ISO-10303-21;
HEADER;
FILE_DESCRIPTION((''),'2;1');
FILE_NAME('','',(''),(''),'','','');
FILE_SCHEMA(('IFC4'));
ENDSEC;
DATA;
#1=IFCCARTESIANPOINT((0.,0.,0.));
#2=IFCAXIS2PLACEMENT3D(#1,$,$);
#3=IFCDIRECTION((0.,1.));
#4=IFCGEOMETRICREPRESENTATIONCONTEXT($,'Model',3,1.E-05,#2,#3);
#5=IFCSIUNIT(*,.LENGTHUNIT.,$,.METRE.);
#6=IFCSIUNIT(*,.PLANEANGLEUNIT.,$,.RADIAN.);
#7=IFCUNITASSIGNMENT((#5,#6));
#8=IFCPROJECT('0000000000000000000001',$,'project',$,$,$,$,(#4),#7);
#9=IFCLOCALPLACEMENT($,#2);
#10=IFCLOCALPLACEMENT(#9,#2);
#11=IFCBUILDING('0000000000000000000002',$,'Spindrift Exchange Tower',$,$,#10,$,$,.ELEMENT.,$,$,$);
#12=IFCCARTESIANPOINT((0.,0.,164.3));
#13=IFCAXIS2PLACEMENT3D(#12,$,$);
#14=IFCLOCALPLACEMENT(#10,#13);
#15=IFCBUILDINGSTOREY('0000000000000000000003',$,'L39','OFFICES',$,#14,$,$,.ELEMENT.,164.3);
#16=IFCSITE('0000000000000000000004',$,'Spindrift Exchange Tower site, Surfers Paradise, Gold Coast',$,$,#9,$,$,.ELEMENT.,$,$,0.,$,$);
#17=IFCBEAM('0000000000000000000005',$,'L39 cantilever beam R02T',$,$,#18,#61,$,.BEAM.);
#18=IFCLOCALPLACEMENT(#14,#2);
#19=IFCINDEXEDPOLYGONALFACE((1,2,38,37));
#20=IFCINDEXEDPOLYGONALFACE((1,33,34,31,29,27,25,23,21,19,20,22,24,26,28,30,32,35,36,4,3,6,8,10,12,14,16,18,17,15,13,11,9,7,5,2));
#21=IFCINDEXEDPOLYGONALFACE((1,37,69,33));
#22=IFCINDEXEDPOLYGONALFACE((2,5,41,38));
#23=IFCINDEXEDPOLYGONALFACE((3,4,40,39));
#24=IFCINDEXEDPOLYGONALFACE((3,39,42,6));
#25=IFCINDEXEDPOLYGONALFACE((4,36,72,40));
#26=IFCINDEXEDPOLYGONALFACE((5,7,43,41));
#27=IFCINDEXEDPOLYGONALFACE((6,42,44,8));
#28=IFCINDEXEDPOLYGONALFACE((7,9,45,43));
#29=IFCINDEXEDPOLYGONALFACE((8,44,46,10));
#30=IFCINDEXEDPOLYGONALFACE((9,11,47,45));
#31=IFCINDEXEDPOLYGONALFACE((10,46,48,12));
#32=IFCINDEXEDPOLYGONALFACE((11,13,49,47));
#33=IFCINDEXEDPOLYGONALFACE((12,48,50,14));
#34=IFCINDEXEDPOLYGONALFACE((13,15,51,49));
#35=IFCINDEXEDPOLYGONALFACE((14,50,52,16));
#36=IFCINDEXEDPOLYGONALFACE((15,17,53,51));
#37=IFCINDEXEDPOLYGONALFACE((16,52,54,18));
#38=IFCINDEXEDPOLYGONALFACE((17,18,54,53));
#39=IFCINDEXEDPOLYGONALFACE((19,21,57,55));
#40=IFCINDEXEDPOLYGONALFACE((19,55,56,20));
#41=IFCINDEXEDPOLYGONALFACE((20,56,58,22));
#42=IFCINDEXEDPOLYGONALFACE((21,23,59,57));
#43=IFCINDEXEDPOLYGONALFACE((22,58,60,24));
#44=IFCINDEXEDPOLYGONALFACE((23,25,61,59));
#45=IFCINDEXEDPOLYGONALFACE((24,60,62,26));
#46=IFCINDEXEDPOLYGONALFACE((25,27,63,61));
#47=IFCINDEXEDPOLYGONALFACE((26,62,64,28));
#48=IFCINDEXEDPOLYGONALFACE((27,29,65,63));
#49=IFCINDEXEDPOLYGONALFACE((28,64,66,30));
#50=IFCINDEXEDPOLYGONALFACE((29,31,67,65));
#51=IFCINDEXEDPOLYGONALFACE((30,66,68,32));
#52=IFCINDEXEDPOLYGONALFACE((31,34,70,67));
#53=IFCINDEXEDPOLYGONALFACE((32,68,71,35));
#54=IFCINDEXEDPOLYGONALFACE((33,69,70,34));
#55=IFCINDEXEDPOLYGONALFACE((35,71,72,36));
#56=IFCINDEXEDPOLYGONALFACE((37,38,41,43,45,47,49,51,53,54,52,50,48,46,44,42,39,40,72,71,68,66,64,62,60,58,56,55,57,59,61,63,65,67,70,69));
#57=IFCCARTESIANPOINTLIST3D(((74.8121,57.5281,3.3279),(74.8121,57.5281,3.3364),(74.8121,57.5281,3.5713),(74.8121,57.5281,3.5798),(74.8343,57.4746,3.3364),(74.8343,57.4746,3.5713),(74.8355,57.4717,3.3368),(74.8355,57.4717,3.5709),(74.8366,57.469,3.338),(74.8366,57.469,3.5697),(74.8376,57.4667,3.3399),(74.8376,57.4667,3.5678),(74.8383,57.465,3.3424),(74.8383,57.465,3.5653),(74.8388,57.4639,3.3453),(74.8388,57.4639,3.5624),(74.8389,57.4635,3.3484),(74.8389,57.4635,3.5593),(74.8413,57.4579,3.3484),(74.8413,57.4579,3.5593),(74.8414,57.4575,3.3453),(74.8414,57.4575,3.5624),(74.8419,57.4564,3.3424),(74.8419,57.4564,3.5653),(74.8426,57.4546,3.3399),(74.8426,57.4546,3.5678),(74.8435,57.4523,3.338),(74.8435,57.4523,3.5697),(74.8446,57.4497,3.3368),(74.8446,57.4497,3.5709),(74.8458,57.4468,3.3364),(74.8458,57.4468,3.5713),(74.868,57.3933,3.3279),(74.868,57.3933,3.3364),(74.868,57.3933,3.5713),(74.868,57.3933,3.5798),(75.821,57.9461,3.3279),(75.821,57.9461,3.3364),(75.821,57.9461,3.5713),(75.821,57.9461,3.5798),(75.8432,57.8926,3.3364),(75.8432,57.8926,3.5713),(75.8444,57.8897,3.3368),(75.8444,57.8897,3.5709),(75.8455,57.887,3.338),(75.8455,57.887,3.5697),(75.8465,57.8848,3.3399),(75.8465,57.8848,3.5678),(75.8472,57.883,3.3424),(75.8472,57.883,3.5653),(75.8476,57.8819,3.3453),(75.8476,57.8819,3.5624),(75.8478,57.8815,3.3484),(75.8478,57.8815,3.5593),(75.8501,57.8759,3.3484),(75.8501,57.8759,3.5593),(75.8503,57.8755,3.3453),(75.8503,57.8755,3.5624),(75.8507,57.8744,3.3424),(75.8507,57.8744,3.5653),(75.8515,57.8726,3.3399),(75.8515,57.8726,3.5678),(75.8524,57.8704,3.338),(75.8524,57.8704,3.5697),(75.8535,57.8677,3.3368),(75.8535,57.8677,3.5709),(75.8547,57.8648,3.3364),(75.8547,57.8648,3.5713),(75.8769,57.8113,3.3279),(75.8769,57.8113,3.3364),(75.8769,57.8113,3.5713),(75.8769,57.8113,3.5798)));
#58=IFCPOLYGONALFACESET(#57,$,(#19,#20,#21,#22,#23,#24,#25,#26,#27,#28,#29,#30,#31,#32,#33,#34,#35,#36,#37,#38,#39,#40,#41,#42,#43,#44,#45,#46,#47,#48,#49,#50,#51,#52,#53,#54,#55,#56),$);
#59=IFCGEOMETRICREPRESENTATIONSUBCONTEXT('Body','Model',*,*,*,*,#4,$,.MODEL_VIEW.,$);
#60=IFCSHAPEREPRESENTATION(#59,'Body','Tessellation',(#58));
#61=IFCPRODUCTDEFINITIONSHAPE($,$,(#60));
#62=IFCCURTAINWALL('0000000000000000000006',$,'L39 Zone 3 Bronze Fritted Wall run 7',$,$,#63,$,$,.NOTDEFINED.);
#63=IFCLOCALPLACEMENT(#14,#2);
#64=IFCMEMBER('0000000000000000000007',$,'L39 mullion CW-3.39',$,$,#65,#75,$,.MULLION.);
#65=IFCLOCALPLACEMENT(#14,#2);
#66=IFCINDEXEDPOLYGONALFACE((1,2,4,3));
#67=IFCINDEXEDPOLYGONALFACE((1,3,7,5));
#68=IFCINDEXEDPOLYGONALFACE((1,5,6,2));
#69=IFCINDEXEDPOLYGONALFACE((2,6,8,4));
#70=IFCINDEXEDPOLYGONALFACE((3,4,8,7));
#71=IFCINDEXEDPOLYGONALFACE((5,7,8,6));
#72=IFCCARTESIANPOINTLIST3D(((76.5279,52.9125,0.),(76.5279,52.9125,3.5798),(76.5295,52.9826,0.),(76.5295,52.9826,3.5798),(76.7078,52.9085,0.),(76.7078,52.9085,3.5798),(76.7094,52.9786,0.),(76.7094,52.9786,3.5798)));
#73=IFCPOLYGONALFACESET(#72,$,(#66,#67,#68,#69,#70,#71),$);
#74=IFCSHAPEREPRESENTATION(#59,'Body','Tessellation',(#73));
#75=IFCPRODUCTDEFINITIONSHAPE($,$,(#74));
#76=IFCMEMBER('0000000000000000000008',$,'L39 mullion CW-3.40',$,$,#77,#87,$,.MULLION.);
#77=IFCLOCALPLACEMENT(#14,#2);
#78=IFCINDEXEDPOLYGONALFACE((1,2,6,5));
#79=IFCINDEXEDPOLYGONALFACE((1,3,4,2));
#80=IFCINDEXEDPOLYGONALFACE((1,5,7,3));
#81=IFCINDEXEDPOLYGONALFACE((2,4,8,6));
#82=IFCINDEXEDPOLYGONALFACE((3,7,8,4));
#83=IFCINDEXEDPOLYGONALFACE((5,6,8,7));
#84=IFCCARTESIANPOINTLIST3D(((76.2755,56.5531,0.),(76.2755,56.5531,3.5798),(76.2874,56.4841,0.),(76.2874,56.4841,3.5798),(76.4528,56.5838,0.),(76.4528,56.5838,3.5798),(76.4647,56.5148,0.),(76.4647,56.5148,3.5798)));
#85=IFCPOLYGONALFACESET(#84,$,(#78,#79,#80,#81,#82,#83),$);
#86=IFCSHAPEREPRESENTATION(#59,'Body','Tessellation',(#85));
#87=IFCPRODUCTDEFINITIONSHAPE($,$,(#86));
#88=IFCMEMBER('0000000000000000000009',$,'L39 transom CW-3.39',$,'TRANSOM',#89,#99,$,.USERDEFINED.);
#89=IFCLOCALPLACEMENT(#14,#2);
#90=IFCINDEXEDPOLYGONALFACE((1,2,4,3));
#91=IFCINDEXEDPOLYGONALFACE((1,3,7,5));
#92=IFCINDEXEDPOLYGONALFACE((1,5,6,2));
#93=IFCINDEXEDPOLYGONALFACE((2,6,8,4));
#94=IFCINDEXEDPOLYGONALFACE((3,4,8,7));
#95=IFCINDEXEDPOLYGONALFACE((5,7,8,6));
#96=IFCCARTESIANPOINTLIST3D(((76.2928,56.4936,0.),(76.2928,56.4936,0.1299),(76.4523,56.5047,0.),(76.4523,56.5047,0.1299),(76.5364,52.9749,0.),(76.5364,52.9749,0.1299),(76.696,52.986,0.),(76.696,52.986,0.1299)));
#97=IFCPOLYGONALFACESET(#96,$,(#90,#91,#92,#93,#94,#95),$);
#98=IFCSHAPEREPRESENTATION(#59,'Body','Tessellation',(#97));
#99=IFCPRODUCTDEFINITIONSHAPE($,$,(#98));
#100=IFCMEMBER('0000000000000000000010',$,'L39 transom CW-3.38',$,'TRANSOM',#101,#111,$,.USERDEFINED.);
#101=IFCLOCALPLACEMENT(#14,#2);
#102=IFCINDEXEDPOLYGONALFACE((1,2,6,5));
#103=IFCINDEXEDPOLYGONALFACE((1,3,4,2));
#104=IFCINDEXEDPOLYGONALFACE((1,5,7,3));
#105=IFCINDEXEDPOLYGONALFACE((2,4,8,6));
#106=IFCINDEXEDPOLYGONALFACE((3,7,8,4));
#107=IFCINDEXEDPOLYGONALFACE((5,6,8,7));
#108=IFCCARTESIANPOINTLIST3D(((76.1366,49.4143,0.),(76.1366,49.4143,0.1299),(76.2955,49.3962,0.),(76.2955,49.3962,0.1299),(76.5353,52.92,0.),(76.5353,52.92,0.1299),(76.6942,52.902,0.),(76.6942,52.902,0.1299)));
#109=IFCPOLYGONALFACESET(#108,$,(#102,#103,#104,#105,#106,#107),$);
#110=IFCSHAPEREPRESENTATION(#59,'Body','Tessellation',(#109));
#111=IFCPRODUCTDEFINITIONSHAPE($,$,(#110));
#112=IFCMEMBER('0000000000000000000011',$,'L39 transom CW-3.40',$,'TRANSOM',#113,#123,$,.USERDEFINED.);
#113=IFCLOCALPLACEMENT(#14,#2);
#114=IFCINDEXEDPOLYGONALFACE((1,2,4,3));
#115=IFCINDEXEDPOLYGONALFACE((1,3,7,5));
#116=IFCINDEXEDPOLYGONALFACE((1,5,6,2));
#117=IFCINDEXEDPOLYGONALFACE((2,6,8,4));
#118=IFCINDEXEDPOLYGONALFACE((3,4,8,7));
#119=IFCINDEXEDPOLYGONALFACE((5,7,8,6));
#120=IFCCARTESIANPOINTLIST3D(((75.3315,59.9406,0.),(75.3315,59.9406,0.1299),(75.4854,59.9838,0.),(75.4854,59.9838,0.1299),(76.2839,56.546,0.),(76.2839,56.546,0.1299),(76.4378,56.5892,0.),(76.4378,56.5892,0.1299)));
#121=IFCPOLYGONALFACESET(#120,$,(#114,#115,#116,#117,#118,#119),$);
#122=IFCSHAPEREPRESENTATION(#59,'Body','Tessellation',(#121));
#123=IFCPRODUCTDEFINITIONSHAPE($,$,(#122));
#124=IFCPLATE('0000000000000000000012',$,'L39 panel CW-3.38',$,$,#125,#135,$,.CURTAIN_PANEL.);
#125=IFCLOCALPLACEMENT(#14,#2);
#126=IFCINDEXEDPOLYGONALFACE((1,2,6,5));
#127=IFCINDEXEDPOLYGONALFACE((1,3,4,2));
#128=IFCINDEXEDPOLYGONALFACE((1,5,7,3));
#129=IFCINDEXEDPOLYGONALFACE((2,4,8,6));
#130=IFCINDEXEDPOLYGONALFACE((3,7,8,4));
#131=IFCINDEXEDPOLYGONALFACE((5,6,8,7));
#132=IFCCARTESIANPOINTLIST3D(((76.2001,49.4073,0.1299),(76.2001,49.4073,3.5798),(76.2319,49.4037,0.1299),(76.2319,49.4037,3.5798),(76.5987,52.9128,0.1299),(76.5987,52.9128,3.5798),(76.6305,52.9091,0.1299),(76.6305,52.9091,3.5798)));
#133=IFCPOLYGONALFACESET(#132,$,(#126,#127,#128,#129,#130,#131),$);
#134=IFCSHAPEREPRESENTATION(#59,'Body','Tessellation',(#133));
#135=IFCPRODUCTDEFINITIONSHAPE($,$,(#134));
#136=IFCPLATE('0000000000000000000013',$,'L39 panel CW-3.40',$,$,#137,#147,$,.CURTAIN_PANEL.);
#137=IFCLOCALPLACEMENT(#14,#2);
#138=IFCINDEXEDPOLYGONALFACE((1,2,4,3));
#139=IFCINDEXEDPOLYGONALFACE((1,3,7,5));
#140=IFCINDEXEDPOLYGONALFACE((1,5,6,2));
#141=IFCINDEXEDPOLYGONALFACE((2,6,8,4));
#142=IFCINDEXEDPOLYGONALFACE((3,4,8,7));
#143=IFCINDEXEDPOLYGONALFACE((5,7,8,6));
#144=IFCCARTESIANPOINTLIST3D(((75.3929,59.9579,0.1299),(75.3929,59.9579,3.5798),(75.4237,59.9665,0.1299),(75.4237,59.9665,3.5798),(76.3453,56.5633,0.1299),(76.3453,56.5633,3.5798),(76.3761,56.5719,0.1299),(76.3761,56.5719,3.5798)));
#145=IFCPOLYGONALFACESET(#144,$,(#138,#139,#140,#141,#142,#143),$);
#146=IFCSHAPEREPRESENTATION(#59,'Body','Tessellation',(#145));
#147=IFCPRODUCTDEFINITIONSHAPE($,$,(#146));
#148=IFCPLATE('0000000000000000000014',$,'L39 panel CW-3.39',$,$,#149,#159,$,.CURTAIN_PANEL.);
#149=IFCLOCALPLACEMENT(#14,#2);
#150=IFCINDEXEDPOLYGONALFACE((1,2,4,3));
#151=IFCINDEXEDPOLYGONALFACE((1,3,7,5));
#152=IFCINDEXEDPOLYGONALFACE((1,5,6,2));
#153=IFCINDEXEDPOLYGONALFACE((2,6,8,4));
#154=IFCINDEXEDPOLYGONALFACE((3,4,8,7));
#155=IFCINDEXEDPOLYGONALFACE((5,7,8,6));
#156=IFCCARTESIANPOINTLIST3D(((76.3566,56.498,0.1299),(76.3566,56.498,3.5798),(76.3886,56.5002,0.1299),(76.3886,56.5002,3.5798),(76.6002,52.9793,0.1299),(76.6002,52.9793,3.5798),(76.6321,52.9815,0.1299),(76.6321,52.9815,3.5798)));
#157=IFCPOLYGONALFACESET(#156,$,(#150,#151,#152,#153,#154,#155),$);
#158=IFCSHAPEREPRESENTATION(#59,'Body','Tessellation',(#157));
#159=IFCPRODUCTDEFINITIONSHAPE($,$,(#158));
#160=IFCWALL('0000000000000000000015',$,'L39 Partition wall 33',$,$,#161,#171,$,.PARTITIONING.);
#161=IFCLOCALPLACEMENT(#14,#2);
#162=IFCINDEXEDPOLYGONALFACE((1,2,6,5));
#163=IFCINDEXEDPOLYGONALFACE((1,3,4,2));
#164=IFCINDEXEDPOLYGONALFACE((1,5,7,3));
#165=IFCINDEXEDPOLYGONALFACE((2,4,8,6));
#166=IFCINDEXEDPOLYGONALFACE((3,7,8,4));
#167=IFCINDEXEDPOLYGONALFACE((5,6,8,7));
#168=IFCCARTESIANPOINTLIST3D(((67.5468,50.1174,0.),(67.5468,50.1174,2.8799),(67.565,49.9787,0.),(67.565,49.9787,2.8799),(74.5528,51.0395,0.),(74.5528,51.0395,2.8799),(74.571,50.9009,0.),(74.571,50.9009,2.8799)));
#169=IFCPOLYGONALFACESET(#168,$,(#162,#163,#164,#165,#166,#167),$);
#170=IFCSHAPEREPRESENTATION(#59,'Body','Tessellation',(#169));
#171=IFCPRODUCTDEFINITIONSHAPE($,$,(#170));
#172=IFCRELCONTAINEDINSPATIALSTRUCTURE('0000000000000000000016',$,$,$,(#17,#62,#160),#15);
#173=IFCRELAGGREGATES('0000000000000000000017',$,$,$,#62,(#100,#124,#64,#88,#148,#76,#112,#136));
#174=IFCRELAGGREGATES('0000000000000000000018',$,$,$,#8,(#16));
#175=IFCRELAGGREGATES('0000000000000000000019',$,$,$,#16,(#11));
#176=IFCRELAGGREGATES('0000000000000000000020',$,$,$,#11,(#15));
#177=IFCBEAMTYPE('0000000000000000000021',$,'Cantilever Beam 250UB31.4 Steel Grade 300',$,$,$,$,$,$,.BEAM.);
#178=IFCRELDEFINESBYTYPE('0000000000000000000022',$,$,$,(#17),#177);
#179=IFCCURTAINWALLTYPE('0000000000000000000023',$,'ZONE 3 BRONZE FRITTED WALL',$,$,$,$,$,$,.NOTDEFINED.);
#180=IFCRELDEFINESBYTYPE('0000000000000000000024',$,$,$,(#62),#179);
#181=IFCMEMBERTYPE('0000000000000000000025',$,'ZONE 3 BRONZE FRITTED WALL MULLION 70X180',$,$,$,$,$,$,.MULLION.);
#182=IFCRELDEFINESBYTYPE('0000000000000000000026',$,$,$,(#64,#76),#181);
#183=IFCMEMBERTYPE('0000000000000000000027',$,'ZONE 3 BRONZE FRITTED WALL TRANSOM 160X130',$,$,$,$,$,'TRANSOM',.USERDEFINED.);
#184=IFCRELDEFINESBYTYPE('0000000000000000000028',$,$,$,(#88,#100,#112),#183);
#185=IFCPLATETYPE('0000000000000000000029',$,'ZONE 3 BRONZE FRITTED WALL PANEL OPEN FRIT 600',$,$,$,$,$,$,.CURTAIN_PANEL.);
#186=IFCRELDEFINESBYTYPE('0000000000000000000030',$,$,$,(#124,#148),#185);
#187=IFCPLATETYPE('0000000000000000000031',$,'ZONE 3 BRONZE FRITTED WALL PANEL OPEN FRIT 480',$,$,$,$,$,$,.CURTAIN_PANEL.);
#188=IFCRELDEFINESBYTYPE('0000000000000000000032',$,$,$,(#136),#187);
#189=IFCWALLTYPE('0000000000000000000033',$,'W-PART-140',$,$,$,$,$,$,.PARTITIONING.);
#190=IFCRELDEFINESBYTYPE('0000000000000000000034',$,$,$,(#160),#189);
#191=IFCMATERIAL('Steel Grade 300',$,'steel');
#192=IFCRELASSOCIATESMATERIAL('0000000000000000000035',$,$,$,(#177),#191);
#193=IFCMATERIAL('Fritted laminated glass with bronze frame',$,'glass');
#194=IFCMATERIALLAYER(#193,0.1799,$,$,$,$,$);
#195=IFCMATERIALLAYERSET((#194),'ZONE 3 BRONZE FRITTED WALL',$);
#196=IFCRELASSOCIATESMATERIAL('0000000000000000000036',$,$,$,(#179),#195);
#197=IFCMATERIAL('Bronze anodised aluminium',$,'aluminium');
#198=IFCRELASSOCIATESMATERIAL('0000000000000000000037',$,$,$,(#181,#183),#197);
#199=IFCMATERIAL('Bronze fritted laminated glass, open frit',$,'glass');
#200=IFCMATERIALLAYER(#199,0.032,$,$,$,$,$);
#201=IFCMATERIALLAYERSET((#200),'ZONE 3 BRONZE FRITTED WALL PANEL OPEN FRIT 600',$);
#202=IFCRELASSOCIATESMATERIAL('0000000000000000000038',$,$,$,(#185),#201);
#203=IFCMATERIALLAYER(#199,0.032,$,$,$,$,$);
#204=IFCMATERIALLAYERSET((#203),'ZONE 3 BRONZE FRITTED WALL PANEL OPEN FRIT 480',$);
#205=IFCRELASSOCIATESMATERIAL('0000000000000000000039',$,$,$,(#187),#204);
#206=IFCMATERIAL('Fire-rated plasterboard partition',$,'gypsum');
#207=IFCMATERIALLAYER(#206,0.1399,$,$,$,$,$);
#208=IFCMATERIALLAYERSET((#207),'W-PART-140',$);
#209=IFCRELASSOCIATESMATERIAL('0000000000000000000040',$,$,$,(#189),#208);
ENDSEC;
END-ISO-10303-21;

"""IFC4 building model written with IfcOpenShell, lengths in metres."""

from ifc_helpers import new_model, si_unit, direction, frame, frame_2d, origin, origin_2d, place, context, subcontext, project, spatial, rectangle, i_section, extrude, source, transform, mapped, material, layer, layer_set, material_profile, profile_set, type_object, element, aggregate, save


model = new_model("IFC4")

# Units and contexts
model_context = context("Model", 3, precision=1e-05, world=origin(), true_north=direction((0.0, 1.0)))
body_context = subcontext(model_context, "Body", "Model", "MODEL_VIEW")
ifc_project = project(units=[si_unit("LENGTHUNIT", "METRE"), si_unit("PLANEANGLEUNIT", "RADIAN")], contexts=[model_context])

# Site, building, storey
site_placement = place(None, origin())
site = spatial("IfcSite", under=ifc_project, at=site_placement, Name="Spindrift Exchange Tower site, Surfers Paradise, Gold Coast", CompositionType="ELEMENT", RefElevation=0.0)
building_placement = place(site_placement, origin())
building = spatial("IfcBuilding", under=site, at=building_placement, Name="Spindrift Exchange Tower", CompositionType="ELEMENT")
storey_placement = place(building_placement, frame((0.0, 0.0, 164.3)))
storey = spatial("IfcBuildingStorey", under=building, at=storey_placement, Name="L39", Description="OFFICES", CompositionType="ELEMENT", Elevation=164.3)

# Beam
ifc_material_1 = material(Name="Steel Grade 300", Category="steel")
ifc_material_profile_1 = material_profile(ifc_material_1, i_section(OverallWidth=0.146, OverallDepth=0.252, WebThickness=0.0061, FlangeThickness=0.0085, FilletRadius=0.012, at=origin_2d()), Name="250UB31.4")
ifc_profile_set_1 = profile_set([ifc_material_profile_1], Name="Steel Grade 300")
beam_type_1 = type_object("IfcBeamType", Name="Cantilever Beam 250UB31.4 Steel Grade 300", PredefinedType="BEAM", material=ifc_profile_set_1)
shared_shape_1 = source(origin(), body_context, "Body", "SweptSolid", [
    extrude(i_section(OverallWidth=0.146, OverallDepth=0.252, WebThickness=0.0061, FlangeThickness=0.0085, FilletRadius=0.012, at=origin_2d()), origin(), (0.0, 0.0, 1.0), 1.092),
])
beam_1_placement = place(storey_placement, frame((74.8401, 57.4607, 3.4539), z_axis=(0.923842, 0.382773, 0.0), x_axis=(-0.382773, 0.923842, 0.0)))
element("IfcBeam", 1, at=beam_1_placement, inside=storey, type_object=beam_type_1, Name="L39 cantilever beam R02T", PredefinedType="BEAM", context=body_context, shape_type="MappedRepresentation", body=[
    mapped(shared_shape_1, transform((0.0, 0.0, 0.0), scale=1.0)),
])

# Curtain wall, members, plates
ifc_material_2 = material(Name="Fritted laminated glass with bronze frame", Category="glass")
ifc_layer_1 = layer(ifc_material_2, 0.1799)
ifc_layer_set_1 = layer_set([ifc_layer_1], Name="ZONE 3 BRONZE FRITTED WALL")
curtain_wall_type = type_object("IfcCurtainWallType", Name="ZONE 3 BRONZE FRITTED WALL", PredefinedType="NOTDEFINED", material=ifc_layer_set_1)
curtain_wall_placement = place(storey_placement, origin())
curtain_wall = element("IfcCurtainWall", 2, at=curtain_wall_placement, inside=storey, type_object=curtain_wall_type, Name="L39 Zone 3 Bronze Fritted Wall run 7", PredefinedType="NOTDEFINED")
ifc_material_3 = material(Name="Bronze anodised aluminium", Category="aluminium")
ifc_material_profile_2 = material_profile(ifc_material_3, rectangle(XDim=0.0701, YDim=0.1799, at=origin_2d()), Name="ZONE 3 BRONZE FRITTED WALL MULLION 70X180")
ifc_profile_set_2 = profile_set([ifc_material_profile_2], Name="Bronze anodised aluminium")
member_type_1 = type_object("IfcMemberType", Name="ZONE 3 BRONZE FRITTED WALL MULLION 70X180", PredefinedType="MULLION", material=ifc_profile_set_2)
shared_shape_2 = source(origin(), body_context, "Body", "SweptSolid", [
    extrude(rectangle(XDim=0.0701, YDim=0.1799, at=origin_2d()), origin(), (0.0, 0.0, 1.0), 3.5798),
])
member_1_placement = place(storey_placement, frame((76.6187, 52.9456, 0.0), z_axis=(0.0, 0.0, 1.0), x_axis=(0.02205, 0.999757, 0.0)))
member_1 = element("IfcMember", 3, at=member_1_placement, type_object=member_type_1, Name="L39 mullion CW-3.39", PredefinedType="MULLION", context=body_context, shape_type="MappedRepresentation", body=[
    mapped(shared_shape_2, transform((0.0, 0.0, 0.0), scale=1.0)),
])
member_2_placement = place(storey_placement, frame((76.3701, 56.5339, 0.0), z_axis=(0.0, 0.0, 1.0), x_axis=(-0.170487, 0.98536, 0.0)))
member_2 = element("IfcMember", 4, at=member_2_placement, type_object=member_type_1, Name="L39 mullion CW-3.40", PredefinedType="MULLION", context=body_context, shape_type="MappedRepresentation", body=[
    mapped(shared_shape_2, transform((0.0, 0.0, 0.0), scale=1.0)),
])
ifc_material_profile_3 = material_profile(ifc_material_3, rectangle(XDim=0.1599, YDim=0.1299, at=origin_2d()), Name="ZONE 3 BRONZE FRITTED WALL TRANSOM 160X130")
ifc_profile_set_3 = profile_set([ifc_material_profile_3], Name="Bronze anodised aluminium")
member_type_2 = type_object("IfcMemberType", Name="ZONE 3 BRONZE FRITTED WALL TRANSOM 160X130", ElementType="TRANSOM", PredefinedType="USERDEFINED", material=ifc_profile_set_3)
shared_shape_3 = source(origin(), body_context, "Body", "SweptSolid", [
    extrude(rectangle(XDim=0.1599, YDim=0.1299, at=origin_2d()), origin(), (0.0, 0.0, 1.0), 3.5271),
])
member_3_placement = place(storey_placement, frame((76.6162, 52.9805, 0.0649), z_axis=(-0.069082, 0.997611, 0.0), x_axis=(-0.997611, -0.069082, 0.0)))
member_3 = element("IfcMember", 5, at=member_3_placement, type_object=member_type_2, Name="L39 transom CW-3.39", ObjectType="TRANSOM", PredefinedType="USERDEFINED", context=body_context, shape_type="MappedRepresentation", body=[
    mapped(shared_shape_3, transform((0.0, 0.0, 0.0), scale=1.0)),
])
shared_shape_4 = source(origin(), body_context, "Body", "SweptSolid", [
    extrude(rectangle(XDim=0.1599, YDim=0.1299, at=origin_2d()), origin(), (0.0, 0.0, 1.0), 3.5283),
])
member_4_placement = place(storey_placement, frame((76.2161, 49.4053, 0.0649), z_axis=(0.112998, 0.993595, 0.0), x_axis=(-0.993595, 0.112998, 0.0)))
member_4 = element("IfcMember", 6, at=member_4_placement, type_object=member_type_2, Name="L39 transom CW-3.38", ObjectType="TRANSOM", PredefinedType="USERDEFINED", context=body_context, shape_type="MappedRepresentation", body=[
    mapped(shared_shape_4, transform((0.0, 0.0, 0.0), scale=1.0)),
])
shared_shape_5 = source(origin(), body_context, "Body", "SweptSolid", [
    extrude(rectangle(XDim=0.1599, YDim=0.1299, at=origin_2d()), origin(), (0.0, 0.0, 1.0), 3.5256),
])
member_5_placement = place(storey_placement, frame((76.3608, 56.5676, 0.0649), z_axis=(-0.270136, 0.962822, 0.0), x_axis=(-0.962822, -0.270136, 0.0)))
member_5 = element("IfcMember", 7, at=member_5_placement, type_object=member_type_2, Name="L39 transom CW-3.40", ObjectType="TRANSOM", PredefinedType="USERDEFINED", context=body_context, shape_type="MappedRepresentation", body=[
    mapped(shared_shape_5, transform((0.0, 0.0, 0.0), scale=1.0)),
])
ifc_material_4 = material(Name="Bronze fritted laminated glass, open frit", Category="glass")
ifc_layer_2 = layer(ifc_material_4, 0.032)
ifc_layer_set_2 = layer_set([ifc_layer_2], Name="ZONE 3 BRONZE FRITTED WALL PANEL OPEN FRIT 600")
plate_type_1 = type_object("IfcPlateType", Name="ZONE 3 BRONZE FRITTED WALL PANEL OPEN FRIT 600", PredefinedType="CURTAIN_PANEL", material=ifc_layer_set_2)
shared_shape_6 = source(origin(), body_context, "Body", "SweptSolid", [
    extrude(rectangle(XDim=3.5281, YDim=0.032, at=origin_2d()), origin(), (0.0, 0.0, 1.0), 3.45),
])
plate_1_placement = place(storey_placement, frame((76.4153, 51.1582, 0.1299), z_axis=(0.0, 0.0, 1.0), x_axis=(0.112974, 0.993598, 0.0)))
plate_1 = element("IfcPlate", 8, at=plate_1_placement, type_object=plate_type_1, Name="L39 panel CW-3.38", PredefinedType="CURTAIN_PANEL", context=body_context, shape_type="MappedRepresentation", body=[
    mapped(shared_shape_6, transform((0.0, 0.0, 0.0), scale=1.0)),
])
ifc_layer_3 = layer(ifc_material_4, 0.032)
ifc_layer_set_3 = layer_set([ifc_layer_3], Name="ZONE 3 BRONZE FRITTED WALL PANEL OPEN FRIT 480")
plate_type_2 = type_object("IfcPlateType", Name="ZONE 3 BRONZE FRITTED WALL PANEL OPEN FRIT 480", PredefinedType="CURTAIN_PANEL", material=ifc_layer_set_3)
shared_shape_7 = source(origin(), body_context, "Body", "SweptSolid", [
    extrude(rectangle(XDim=3.5256, YDim=0.032, at=origin_2d()), origin(), (0.0, 0.0, 1.0), 3.45),
])
plate_2_placement = place(storey_placement, frame((75.8845, 58.2649, 0.1299), z_axis=(0.0, 0.0, 1.0), x_axis=(-0.270137, 0.962822, 0.0)))
plate_2 = element("IfcPlate", 9, at=plate_2_placement, type_object=plate_type_2, Name="L39 panel CW-3.40", PredefinedType="CURTAIN_PANEL", context=body_context, shape_type="MappedRepresentation", body=[
    mapped(shared_shape_7, transform((0.0, 0.0, 0.0), scale=1.0)),
])
shared_shape_8 = source(origin(), body_context, "Body", "SweptSolid", [
    extrude(rectangle(XDim=3.5271, YDim=0.032, at=origin_2d()), origin(), (0.0, 0.0, 1.0), 3.45),
])
plate_3_placement = place(storey_placement, frame((76.4944, 54.7397, 0.1299), z_axis=(0.0, 0.0, 1.0), x_axis=(-0.069058, 0.997613, 0.0)))
plate_3 = element("IfcPlate", 10, at=plate_3_placement, type_object=plate_type_1, Name="L39 panel CW-3.39", PredefinedType="CURTAIN_PANEL", context=body_context, shape_type="MappedRepresentation", body=[
    mapped(shared_shape_8, transform((0.0, 0.0, 0.0), scale=1.0)),
])
aggregate(curtain_wall, [member_4, plate_1, member_1, member_3, plate_3, member_2, member_5, plate_2])

# Wall
ifc_material_5 = material(Name="Fire-rated plasterboard partition", Category="gypsum")
ifc_layer_4 = layer(ifc_material_5, 0.1399)
ifc_layer_set_4 = layer_set([ifc_layer_4], Name="W-PART-140")
wall_type = type_object("IfcWallType", Name="W-PART-140", PredefinedType="PARTITIONING", material=ifc_layer_set_4)
wall_1_placement = place(storey_placement, frame((67.5559, 50.0481, 0.0), z_axis=(0.0, 0.0, 1.0), x_axis=(0.991449, 0.130491, 0.0)))
element("IfcWall", 11, at=wall_1_placement, inside=storey, type_object=wall_type, Name="L39 Partition wall 33", PredefinedType="PARTITIONING", context=body_context, shape_type="SweptSolid", body=[
    extrude(rectangle(XDim=7.0664, YDim=0.1399, at=frame_2d((3.5332, 0.0))), origin(), (0.0, 0.0, 1.0), 2.8799),
])

save(model, "model.ifc")
